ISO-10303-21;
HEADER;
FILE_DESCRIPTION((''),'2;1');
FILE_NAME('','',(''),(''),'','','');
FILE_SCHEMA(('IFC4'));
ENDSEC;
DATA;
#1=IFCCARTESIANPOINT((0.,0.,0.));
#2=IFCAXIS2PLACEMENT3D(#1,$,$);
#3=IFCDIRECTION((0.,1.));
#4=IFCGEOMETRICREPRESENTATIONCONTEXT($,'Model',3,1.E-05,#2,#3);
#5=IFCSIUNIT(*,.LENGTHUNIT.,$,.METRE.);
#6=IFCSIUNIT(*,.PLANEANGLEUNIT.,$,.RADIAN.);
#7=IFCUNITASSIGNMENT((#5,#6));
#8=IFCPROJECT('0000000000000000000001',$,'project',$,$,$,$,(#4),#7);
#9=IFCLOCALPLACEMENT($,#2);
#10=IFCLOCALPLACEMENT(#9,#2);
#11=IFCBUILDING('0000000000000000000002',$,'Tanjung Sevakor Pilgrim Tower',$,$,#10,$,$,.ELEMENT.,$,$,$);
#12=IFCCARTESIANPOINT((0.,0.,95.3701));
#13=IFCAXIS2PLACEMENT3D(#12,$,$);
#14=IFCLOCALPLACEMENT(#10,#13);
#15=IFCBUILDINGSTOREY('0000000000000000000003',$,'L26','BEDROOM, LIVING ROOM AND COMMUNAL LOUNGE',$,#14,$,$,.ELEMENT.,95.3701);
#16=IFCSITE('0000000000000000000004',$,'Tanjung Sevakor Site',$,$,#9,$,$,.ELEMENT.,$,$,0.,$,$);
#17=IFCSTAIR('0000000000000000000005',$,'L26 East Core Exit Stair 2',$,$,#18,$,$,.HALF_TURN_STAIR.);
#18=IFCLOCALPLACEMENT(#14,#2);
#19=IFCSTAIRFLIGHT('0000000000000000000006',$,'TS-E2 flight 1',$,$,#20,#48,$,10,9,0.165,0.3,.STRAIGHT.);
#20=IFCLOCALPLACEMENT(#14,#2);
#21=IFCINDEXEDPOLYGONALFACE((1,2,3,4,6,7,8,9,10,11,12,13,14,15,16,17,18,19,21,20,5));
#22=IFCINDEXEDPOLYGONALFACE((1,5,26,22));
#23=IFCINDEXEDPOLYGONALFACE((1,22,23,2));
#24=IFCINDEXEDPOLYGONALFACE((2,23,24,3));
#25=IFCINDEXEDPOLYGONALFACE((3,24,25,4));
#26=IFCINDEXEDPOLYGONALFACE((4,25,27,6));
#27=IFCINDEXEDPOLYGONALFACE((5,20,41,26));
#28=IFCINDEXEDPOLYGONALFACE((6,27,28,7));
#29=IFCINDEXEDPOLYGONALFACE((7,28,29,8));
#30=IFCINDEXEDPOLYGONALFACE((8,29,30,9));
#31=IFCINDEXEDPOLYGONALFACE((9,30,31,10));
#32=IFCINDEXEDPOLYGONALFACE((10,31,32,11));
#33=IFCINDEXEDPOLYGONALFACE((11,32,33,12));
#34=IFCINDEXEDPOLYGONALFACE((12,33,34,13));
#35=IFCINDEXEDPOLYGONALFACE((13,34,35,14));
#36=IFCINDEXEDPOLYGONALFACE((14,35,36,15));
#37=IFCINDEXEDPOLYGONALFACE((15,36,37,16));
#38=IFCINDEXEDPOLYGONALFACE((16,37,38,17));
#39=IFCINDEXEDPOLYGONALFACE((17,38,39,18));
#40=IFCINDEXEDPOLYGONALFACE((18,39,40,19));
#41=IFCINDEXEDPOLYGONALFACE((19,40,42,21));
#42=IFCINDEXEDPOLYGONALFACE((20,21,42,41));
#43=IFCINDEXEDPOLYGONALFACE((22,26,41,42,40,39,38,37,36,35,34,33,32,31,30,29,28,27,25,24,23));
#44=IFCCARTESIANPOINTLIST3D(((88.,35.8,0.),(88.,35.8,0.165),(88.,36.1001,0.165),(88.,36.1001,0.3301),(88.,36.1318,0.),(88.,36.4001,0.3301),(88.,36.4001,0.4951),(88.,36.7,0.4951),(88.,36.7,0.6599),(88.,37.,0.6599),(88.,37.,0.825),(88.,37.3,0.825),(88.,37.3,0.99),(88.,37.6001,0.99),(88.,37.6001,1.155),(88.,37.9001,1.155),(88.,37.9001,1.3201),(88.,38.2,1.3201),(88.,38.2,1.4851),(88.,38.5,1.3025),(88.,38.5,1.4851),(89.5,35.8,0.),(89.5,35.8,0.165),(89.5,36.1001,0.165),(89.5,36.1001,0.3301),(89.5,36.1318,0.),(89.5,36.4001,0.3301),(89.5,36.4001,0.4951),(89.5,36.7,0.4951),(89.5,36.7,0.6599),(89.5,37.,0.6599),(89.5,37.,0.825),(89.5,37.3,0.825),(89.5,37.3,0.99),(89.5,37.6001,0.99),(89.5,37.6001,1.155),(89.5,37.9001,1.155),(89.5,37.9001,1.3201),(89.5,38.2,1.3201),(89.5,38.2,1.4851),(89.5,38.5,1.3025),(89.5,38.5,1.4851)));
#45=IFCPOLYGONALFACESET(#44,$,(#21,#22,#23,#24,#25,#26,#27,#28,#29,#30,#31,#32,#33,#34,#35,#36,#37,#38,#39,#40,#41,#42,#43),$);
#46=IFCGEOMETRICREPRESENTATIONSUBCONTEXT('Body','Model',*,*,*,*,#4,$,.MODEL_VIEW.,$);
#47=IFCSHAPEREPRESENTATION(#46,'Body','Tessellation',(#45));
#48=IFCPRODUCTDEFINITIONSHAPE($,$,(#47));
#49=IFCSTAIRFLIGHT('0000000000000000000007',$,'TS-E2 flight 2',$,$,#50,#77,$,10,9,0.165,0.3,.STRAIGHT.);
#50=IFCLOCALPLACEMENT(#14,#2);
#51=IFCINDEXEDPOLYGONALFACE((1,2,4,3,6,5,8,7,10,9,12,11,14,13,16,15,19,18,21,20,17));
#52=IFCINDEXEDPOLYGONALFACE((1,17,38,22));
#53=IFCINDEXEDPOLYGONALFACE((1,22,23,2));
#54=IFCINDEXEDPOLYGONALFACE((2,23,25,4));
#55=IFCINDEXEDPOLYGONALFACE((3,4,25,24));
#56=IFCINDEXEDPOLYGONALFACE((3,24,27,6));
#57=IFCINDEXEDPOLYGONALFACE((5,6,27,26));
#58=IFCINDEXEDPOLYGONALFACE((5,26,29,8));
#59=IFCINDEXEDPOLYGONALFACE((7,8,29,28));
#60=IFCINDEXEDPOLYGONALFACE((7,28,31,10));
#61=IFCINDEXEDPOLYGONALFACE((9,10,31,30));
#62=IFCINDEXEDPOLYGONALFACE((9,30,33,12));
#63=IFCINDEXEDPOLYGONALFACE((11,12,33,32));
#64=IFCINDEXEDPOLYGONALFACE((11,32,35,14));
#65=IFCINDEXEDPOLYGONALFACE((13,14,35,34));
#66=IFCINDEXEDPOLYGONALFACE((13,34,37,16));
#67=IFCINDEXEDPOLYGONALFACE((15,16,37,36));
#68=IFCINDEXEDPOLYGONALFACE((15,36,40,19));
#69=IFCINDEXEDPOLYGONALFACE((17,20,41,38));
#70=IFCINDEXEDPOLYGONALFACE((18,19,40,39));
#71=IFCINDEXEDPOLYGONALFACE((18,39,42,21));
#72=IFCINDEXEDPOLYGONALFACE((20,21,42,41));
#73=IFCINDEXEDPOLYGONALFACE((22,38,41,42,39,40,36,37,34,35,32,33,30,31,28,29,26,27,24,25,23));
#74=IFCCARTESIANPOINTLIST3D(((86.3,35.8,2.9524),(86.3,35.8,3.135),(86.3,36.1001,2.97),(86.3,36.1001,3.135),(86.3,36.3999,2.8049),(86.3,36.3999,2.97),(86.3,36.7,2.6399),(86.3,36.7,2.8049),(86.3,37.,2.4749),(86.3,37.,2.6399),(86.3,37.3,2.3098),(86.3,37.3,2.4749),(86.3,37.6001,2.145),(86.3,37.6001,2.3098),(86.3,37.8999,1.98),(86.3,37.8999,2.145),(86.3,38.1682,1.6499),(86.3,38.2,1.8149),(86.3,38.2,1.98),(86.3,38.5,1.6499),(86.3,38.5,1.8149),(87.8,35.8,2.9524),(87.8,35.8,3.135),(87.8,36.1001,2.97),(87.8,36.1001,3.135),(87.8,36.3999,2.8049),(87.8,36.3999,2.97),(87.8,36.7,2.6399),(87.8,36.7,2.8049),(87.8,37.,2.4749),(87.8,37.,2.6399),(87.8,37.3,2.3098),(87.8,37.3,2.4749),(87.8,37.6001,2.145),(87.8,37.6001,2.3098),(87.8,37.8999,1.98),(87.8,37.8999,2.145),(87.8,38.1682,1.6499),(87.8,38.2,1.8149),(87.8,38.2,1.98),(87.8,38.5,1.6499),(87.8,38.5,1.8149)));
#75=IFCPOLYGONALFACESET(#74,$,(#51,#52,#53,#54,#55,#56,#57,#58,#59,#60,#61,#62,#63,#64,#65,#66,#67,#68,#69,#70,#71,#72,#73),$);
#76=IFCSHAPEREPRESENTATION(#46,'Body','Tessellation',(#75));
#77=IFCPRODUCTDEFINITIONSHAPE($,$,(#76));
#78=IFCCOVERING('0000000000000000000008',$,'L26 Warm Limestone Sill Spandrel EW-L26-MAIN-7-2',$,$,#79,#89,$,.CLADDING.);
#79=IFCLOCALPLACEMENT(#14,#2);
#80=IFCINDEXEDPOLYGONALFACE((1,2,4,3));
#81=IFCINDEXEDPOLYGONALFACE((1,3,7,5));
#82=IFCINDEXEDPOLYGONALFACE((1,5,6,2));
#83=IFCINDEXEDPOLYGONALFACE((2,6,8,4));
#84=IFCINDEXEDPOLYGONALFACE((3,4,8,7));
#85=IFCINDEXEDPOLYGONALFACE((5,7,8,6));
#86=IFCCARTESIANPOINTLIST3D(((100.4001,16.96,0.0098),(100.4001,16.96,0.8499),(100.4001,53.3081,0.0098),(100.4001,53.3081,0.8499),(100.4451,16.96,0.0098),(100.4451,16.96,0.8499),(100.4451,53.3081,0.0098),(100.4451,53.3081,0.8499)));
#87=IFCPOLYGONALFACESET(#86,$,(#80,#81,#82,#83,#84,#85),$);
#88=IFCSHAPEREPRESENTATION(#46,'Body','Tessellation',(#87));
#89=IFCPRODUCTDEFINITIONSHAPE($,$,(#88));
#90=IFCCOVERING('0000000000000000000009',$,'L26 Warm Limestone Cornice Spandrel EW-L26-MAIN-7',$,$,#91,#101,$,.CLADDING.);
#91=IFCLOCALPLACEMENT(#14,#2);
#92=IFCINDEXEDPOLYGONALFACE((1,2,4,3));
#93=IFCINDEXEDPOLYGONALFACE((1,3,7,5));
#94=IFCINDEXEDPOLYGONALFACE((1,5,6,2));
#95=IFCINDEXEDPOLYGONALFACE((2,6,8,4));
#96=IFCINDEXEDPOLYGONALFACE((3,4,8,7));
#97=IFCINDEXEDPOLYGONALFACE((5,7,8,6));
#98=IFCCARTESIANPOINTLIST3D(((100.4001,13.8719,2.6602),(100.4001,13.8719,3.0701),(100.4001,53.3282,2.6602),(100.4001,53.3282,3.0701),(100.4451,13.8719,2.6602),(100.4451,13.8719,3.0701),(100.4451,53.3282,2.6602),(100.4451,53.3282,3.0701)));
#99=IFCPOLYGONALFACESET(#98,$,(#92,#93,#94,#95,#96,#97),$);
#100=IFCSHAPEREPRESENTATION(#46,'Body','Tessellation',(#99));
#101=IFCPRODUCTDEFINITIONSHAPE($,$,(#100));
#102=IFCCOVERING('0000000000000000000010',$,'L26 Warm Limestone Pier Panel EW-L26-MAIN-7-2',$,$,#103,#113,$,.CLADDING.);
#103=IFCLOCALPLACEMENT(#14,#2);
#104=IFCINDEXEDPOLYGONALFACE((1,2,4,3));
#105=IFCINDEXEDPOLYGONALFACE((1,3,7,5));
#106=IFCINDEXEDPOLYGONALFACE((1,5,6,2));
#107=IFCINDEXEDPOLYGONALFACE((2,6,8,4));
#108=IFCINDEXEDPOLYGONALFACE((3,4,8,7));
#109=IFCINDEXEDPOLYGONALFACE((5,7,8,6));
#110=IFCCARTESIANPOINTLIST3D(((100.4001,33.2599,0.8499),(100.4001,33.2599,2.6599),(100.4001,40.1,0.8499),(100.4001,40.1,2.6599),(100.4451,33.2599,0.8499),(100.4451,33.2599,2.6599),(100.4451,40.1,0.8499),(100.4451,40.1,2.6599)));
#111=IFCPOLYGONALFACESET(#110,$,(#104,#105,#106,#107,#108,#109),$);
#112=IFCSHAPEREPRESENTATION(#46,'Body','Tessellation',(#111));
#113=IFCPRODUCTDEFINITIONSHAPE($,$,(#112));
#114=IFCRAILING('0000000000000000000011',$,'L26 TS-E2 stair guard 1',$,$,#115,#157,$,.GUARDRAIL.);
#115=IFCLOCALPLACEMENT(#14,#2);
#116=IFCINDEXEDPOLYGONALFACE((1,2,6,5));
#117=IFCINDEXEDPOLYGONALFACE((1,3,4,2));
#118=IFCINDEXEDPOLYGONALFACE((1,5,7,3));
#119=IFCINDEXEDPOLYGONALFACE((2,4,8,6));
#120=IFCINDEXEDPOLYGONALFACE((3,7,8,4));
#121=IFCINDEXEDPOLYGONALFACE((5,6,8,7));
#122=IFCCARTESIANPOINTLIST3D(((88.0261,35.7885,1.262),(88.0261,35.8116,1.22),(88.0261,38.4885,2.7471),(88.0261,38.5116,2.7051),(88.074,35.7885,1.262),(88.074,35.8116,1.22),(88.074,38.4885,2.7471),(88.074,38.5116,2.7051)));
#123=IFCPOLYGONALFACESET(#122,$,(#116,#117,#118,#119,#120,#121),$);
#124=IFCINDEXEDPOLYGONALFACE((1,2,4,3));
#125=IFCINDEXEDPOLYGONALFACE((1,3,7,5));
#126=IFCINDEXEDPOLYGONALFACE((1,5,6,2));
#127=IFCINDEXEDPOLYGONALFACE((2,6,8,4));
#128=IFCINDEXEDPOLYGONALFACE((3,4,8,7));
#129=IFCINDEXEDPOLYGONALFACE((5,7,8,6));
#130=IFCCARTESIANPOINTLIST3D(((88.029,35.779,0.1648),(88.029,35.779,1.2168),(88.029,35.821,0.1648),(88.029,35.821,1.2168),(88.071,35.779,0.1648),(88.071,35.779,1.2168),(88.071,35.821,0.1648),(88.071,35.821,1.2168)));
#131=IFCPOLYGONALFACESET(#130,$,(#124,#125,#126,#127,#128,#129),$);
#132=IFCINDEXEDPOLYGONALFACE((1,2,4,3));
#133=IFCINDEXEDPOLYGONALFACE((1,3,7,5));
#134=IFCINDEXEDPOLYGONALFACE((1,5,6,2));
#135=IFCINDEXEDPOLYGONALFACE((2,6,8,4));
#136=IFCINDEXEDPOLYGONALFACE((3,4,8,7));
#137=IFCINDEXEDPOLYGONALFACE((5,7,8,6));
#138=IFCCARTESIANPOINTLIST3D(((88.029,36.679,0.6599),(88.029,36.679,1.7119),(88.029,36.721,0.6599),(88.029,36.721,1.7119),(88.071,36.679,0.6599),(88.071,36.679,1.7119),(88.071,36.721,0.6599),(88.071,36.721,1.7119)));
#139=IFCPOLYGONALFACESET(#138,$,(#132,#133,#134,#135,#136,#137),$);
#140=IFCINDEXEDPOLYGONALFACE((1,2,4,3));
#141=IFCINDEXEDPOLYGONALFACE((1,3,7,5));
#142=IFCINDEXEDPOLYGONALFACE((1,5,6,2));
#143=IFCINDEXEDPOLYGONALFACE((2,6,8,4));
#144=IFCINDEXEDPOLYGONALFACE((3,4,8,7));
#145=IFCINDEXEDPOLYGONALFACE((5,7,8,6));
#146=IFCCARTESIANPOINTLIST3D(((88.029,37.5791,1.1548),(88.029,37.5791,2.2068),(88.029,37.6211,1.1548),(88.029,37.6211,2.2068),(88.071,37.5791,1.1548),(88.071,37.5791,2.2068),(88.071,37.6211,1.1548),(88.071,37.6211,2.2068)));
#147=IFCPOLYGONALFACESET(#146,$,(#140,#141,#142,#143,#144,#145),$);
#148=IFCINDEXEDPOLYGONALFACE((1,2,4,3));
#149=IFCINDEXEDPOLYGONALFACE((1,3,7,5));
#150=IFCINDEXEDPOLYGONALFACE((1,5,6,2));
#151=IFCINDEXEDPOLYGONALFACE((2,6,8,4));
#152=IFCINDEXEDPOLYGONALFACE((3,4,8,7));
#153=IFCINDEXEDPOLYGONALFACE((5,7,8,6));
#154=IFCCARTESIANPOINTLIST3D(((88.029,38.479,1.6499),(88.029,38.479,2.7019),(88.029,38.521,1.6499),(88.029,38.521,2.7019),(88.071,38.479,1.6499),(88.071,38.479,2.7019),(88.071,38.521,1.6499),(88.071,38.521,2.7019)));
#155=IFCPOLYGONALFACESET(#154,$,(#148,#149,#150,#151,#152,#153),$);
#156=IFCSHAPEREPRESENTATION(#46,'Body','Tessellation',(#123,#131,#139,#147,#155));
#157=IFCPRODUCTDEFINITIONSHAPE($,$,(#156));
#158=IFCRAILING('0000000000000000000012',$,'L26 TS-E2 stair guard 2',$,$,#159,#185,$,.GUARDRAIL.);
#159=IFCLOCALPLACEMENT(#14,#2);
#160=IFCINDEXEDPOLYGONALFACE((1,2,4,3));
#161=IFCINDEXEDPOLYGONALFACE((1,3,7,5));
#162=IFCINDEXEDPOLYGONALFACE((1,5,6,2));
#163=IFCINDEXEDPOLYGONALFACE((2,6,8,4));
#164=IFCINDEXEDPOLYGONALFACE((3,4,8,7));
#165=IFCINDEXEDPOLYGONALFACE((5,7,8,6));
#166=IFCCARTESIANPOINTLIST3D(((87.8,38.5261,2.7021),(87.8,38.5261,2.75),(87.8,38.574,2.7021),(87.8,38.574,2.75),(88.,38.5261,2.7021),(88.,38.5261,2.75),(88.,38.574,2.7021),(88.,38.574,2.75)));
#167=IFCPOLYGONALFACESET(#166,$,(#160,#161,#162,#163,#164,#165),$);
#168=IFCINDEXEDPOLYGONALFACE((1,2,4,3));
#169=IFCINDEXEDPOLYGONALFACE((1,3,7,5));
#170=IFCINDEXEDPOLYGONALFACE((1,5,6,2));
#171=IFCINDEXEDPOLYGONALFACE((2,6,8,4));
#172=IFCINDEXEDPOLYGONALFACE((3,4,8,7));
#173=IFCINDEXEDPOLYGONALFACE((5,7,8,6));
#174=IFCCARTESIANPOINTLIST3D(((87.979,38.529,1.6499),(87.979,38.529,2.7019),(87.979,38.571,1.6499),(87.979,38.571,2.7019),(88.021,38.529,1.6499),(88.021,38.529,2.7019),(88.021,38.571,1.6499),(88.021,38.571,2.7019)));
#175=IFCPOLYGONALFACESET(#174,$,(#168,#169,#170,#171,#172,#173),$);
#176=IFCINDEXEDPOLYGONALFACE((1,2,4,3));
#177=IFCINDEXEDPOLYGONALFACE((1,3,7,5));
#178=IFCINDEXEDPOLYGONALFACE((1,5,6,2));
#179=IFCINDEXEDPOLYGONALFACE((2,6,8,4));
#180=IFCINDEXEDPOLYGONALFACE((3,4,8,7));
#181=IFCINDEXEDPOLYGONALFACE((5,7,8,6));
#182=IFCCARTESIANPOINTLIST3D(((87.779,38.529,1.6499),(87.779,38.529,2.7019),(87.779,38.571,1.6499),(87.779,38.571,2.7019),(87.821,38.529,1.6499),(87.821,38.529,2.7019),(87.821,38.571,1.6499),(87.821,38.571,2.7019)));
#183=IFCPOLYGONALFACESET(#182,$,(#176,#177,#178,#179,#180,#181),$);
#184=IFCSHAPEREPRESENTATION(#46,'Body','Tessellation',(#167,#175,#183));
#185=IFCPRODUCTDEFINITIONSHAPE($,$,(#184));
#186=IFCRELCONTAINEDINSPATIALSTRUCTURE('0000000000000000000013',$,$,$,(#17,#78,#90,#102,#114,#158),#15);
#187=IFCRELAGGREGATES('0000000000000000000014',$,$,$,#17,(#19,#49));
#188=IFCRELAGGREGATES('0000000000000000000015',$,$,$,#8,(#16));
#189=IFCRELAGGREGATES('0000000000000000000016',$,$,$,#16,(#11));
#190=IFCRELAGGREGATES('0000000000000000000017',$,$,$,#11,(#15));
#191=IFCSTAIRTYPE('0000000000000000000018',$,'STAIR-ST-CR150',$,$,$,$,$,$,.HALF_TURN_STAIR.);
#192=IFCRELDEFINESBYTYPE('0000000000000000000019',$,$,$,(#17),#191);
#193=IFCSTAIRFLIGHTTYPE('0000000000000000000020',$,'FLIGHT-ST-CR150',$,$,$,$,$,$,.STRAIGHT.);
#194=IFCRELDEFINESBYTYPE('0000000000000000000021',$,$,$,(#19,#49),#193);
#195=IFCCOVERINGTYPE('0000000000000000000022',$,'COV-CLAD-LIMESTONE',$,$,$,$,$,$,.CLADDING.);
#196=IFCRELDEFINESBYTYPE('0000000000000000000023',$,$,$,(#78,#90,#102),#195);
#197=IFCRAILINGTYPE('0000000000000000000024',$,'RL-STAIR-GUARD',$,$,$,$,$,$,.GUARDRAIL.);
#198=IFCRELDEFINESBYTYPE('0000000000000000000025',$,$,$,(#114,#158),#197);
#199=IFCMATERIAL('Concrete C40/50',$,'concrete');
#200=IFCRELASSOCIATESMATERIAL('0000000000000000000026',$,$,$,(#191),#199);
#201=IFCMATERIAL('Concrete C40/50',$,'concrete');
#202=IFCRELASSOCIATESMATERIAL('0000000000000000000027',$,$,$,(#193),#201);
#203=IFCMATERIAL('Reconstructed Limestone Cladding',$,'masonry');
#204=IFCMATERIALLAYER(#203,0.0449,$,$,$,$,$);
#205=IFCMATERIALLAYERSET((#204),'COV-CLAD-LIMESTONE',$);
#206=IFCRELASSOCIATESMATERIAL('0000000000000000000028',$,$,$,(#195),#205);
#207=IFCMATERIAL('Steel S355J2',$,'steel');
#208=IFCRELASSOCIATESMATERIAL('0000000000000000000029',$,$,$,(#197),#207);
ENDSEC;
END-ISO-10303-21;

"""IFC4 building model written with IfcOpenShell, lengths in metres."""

from ifc_helpers import new_model, si_unit, direction, frame, origin, origin_2d, place, context, subcontext, project, spatial, polyline, rectangle, outline, extrude, material, layer, layer_set, type_object, element, aggregate, save


model = new_model("IFC4")

# Units and contexts
model_context = context("Model", 3, precision=1e-05, world=origin(), true_north=direction((0.0, 1.0)))
body_context = subcontext(model_context, "Body", "Model", "MODEL_VIEW")
ifc_project = project(units=[si_unit("LENGTHUNIT", "METRE"), si_unit("PLANEANGLEUNIT", "RADIAN")], contexts=[model_context])

# Site, building, storey
site_placement = place(None, origin())
site = spatial("IfcSite", under=ifc_project, at=site_placement, Name="Tanjung Sevakor Site", CompositionType="ELEMENT", RefElevation=0.0)
building_placement = place(site_placement, origin())
building = spatial("IfcBuilding", under=site, at=building_placement, Name="Tanjung Sevakor Pilgrim Tower", CompositionType="ELEMENT")
storey_placement = place(building_placement, frame((0.0, 0.0, 95.3701)))
storey = spatial("IfcBuildingStorey", under=building, at=storey_placement, Name="L26", Description="BEDROOM, LIVING ROOM AND COMMUNAL LOUNGE", CompositionType="ELEMENT", Elevation=95.3701)

# Stair, stair flights
ifc_material_1 = material(Name="Concrete C40/50", Category="concrete")
stair_type = type_object("IfcStairType", Name="STAIR-ST-CR150", PredefinedType="HALF_TURN_STAIR", material=ifc_material_1)
stair_placement = place(storey_placement, origin())
stair = element("IfcStair", 1, at=stair_placement, inside=storey, type_object=stair_type, Name="L26 East Core Exit Stair 2", PredefinedType="HALF_TURN_STAIR")
ifc_material_2 = material(Name="Concrete C40/50", Category="concrete")
stair_flight_type = type_object("IfcStairFlightType", Name="FLIGHT-ST-CR150", PredefinedType="STRAIGHT", material=ifc_material_2)
stair_flight_1_placement = place(storey_placement, frame((88.75, 35.8, 0.0), z_axis=(0.0, 0.0, 1.0), x_axis=(0.0, 1.0, 0.0)))
stair_flight_1 = element("IfcStairFlight", 2, at=stair_flight_1_placement, type_object=stair_flight_type, Name="TS-E2 flight 1", NumberOfRisers=10, NumberOfTreads=9, PredefinedType="STRAIGHT", RiserHeight=0.165, TreadLength=0.3, context=body_context, shape_type="SweptSolid", body=[
    extrude(outline(polyline([(0.0, 0.0), (0.0, 0.165), (0.3, 0.165), (0.3, 0.3301), (0.6001, 0.3301), (0.6001, 0.4951), (0.8999, 0.4951), (0.8999, 0.6599), (1.2, 0.6599), (1.2, 0.825), (1.5, 0.825), (1.5, 0.99), (1.8, 0.99), (1.8, 1.155), (2.1001, 1.155), (2.1001, 1.3201), (2.3999, 1.3201), (2.3999, 1.4851), (2.7, 1.4851), (2.7, 1.6499), (2.7, 1.3025), (0.3318, 0.0), (0.0, 0.0)])), frame((0.0, 0.75, 0.0), z_axis=(0.0, -1.0, 0.0), x_axis=(1.0, 0.0, 0.0)), (0.0, 0.0, 1.0), 1.5),
])
stair_flight_2_placement = place(storey_placement, frame((87.05, 38.5, 1.6499), z_axis=(0.0, 0.0, 1.0), x_axis=(0.0, -1.0, 0.0)))
stair_flight_2 = element("IfcStairFlight", 3, at=stair_flight_2_placement, type_object=stair_flight_type, Name="TS-E2 flight 2", NumberOfRisers=10, NumberOfTreads=9, PredefinedType="STRAIGHT", RiserHeight=0.165, TreadLength=0.3, context=body_context, shape_type="SweptSolid", body=[
    extrude(outline(polyline([(0.0, 0.0), (0.0, 0.165), (0.3, 0.165), (0.3, 0.3301), (0.6001, 0.3301), (0.6001, 0.4951), (0.8999, 0.4951), (0.8999, 0.6599), (1.2, 0.6599), (1.2, 0.825), (1.5, 0.825), (1.5, 0.99), (1.8, 0.99), (1.8, 1.155), (2.1001, 1.155), (2.1001, 1.3201), (2.3999, 1.3201), (2.3999, 1.4851), (2.7, 1.4851), (2.7, 1.6499), (2.7, 1.3025), (0.3318, 0.0), (0.0, 0.0)])), frame((0.0, 0.75, 0.0), z_axis=(0.0, -1.0, 0.0), x_axis=(1.0, 0.0, 0.0)), (0.0, 0.0, 1.0), 1.5),
])
aggregate(stair, [stair_flight_1, stair_flight_2])

# Coverings
ifc_material_3 = material(Name="Reconstructed Limestone Cladding", Category="masonry")
ifc_layer_1 = layer(ifc_material_3, 0.0449)
ifc_layer_set_1 = layer_set([ifc_layer_1], Name="COV-CLAD-LIMESTONE")
covering_type = type_object("IfcCoveringType", Name="COV-CLAD-LIMESTONE", PredefinedType="CLADDING", material=ifc_layer_set_1)
covering_1_placement = place(storey_placement, frame((100.4226, 35.134, 0.0098), z_axis=(0.0, 0.0, 1.0), x_axis=(0.0, 1.0, 0.0)))
element("IfcCovering", 4, at=covering_1_placement, inside=storey, type_object=covering_type, Name="L26 Warm Limestone Sill Spandrel EW-L26-MAIN-7-2", PredefinedType="CLADDING", context=body_context, shape_type="SweptSolid", body=[
    extrude(rectangle(XDim=36.3481, YDim=0.0449, at=origin_2d()), origin(), (0.0, 0.0, 1.0), 0.8401),
])
covering_2_placement = place(storey_placement, frame((100.4226, 33.6001, 2.6602), z_axis=(0.0, 0.0, 1.0), x_axis=(0.0, 1.0, 0.0)))
element("IfcCovering", 5, at=covering_2_placement, inside=storey, type_object=covering_type, Name="L26 Warm Limestone Cornice Spandrel EW-L26-MAIN-7", PredefinedType="CLADDING", context=body_context, shape_type="SweptSolid", body=[
    extrude(rectangle(XDim=39.4563, YDim=0.0449, at=origin_2d()), origin(), (0.0, 0.0, 1.0), 0.4099),
])
covering_3_placement = place(storey_placement, frame((100.4226, 36.6799, 0.8499), z_axis=(0.0, 0.0, 1.0), x_axis=(0.0, 1.0, 0.0)))
element("IfcCovering", 6, at=covering_3_placement, inside=storey, type_object=covering_type, Name="L26 Warm Limestone Pier Panel EW-L26-MAIN-7-2", PredefinedType="CLADDING", context=body_context, shape_type="SweptSolid", body=[
    extrude(rectangle(XDim=6.8401, YDim=0.0449, at=origin_2d()), origin(), (0.0, 0.0, 1.0), 1.8101),
])

# Railings
ifc_material_4 = material(Name="Steel S355J2", Category="steel")
railing_type_1 = type_object("IfcRailingType", Name="RL-STAIR-GUARD", PredefinedType="GUARDRAIL", material=ifc_material_4)
railing_1_placement = place(storey_placement, frame((88.05, 35.8, 0.1648)))
element("IfcRailing", 7, at=railing_1_placement, inside=storey, type_object=railing_type_1, Name="L26 TS-E2 stair guard 1", PredefinedType="GUARDRAIL", context=body_context, shape_type="SweptSolid", body=[
    extrude(rectangle(XDim=0.0479, YDim=0.0479), frame((0.0, 0.0, 1.0762), z_axis=(0.0, 0.876198, 0.481952), x_axis=(-1.0, 0.0, 0.0)), (0.0, 0.0, 1.0), 3.0815),
    extrude(rectangle(XDim=0.042, YDim=0.042), origin(), (0.0, 0.0, 1.0), 1.052),
    extrude(rectangle(XDim=0.042, YDim=0.042), frame((0.0, 0.8999, 0.4951)), (0.0, 0.0, 1.0), 1.052),
    extrude(rectangle(XDim=0.042, YDim=0.042), frame((0.0, 1.8, 0.99)), (0.0, 0.0, 1.0), 1.052),
    extrude(rectangle(XDim=0.042, YDim=0.042), frame((0.0, 2.7, 1.4851)), (0.0, 0.0, 1.0), 1.052),
])
railing_2_placement = place(storey_placement, frame((88.0, 38.55, 1.6499)))
element("IfcRailing", 8, at=railing_2_placement, inside=storey, type_object=railing_type_1, Name="L26 TS-E2 stair guard 2", PredefinedType="GUARDRAIL", context=body_context, shape_type="SweptSolid", body=[
    extrude(rectangle(XDim=0.0479, YDim=0.0479), frame((0.0, 0.0, 1.0762), z_axis=(-1.0, 0.0, 0.0), x_axis=(0.0, -1.0, 0.0)), (0.0, 0.0, 1.0), 0.2),
    extrude(rectangle(XDim=0.042, YDim=0.042), origin(), (0.0, 0.0, 1.0), 1.052),
    extrude(rectangle(XDim=0.042, YDim=0.042), frame((-0.2, 0.0, 0.0)), (0.0, 0.0, 1.0), 1.052),
])

save(model, "model.ifc")
